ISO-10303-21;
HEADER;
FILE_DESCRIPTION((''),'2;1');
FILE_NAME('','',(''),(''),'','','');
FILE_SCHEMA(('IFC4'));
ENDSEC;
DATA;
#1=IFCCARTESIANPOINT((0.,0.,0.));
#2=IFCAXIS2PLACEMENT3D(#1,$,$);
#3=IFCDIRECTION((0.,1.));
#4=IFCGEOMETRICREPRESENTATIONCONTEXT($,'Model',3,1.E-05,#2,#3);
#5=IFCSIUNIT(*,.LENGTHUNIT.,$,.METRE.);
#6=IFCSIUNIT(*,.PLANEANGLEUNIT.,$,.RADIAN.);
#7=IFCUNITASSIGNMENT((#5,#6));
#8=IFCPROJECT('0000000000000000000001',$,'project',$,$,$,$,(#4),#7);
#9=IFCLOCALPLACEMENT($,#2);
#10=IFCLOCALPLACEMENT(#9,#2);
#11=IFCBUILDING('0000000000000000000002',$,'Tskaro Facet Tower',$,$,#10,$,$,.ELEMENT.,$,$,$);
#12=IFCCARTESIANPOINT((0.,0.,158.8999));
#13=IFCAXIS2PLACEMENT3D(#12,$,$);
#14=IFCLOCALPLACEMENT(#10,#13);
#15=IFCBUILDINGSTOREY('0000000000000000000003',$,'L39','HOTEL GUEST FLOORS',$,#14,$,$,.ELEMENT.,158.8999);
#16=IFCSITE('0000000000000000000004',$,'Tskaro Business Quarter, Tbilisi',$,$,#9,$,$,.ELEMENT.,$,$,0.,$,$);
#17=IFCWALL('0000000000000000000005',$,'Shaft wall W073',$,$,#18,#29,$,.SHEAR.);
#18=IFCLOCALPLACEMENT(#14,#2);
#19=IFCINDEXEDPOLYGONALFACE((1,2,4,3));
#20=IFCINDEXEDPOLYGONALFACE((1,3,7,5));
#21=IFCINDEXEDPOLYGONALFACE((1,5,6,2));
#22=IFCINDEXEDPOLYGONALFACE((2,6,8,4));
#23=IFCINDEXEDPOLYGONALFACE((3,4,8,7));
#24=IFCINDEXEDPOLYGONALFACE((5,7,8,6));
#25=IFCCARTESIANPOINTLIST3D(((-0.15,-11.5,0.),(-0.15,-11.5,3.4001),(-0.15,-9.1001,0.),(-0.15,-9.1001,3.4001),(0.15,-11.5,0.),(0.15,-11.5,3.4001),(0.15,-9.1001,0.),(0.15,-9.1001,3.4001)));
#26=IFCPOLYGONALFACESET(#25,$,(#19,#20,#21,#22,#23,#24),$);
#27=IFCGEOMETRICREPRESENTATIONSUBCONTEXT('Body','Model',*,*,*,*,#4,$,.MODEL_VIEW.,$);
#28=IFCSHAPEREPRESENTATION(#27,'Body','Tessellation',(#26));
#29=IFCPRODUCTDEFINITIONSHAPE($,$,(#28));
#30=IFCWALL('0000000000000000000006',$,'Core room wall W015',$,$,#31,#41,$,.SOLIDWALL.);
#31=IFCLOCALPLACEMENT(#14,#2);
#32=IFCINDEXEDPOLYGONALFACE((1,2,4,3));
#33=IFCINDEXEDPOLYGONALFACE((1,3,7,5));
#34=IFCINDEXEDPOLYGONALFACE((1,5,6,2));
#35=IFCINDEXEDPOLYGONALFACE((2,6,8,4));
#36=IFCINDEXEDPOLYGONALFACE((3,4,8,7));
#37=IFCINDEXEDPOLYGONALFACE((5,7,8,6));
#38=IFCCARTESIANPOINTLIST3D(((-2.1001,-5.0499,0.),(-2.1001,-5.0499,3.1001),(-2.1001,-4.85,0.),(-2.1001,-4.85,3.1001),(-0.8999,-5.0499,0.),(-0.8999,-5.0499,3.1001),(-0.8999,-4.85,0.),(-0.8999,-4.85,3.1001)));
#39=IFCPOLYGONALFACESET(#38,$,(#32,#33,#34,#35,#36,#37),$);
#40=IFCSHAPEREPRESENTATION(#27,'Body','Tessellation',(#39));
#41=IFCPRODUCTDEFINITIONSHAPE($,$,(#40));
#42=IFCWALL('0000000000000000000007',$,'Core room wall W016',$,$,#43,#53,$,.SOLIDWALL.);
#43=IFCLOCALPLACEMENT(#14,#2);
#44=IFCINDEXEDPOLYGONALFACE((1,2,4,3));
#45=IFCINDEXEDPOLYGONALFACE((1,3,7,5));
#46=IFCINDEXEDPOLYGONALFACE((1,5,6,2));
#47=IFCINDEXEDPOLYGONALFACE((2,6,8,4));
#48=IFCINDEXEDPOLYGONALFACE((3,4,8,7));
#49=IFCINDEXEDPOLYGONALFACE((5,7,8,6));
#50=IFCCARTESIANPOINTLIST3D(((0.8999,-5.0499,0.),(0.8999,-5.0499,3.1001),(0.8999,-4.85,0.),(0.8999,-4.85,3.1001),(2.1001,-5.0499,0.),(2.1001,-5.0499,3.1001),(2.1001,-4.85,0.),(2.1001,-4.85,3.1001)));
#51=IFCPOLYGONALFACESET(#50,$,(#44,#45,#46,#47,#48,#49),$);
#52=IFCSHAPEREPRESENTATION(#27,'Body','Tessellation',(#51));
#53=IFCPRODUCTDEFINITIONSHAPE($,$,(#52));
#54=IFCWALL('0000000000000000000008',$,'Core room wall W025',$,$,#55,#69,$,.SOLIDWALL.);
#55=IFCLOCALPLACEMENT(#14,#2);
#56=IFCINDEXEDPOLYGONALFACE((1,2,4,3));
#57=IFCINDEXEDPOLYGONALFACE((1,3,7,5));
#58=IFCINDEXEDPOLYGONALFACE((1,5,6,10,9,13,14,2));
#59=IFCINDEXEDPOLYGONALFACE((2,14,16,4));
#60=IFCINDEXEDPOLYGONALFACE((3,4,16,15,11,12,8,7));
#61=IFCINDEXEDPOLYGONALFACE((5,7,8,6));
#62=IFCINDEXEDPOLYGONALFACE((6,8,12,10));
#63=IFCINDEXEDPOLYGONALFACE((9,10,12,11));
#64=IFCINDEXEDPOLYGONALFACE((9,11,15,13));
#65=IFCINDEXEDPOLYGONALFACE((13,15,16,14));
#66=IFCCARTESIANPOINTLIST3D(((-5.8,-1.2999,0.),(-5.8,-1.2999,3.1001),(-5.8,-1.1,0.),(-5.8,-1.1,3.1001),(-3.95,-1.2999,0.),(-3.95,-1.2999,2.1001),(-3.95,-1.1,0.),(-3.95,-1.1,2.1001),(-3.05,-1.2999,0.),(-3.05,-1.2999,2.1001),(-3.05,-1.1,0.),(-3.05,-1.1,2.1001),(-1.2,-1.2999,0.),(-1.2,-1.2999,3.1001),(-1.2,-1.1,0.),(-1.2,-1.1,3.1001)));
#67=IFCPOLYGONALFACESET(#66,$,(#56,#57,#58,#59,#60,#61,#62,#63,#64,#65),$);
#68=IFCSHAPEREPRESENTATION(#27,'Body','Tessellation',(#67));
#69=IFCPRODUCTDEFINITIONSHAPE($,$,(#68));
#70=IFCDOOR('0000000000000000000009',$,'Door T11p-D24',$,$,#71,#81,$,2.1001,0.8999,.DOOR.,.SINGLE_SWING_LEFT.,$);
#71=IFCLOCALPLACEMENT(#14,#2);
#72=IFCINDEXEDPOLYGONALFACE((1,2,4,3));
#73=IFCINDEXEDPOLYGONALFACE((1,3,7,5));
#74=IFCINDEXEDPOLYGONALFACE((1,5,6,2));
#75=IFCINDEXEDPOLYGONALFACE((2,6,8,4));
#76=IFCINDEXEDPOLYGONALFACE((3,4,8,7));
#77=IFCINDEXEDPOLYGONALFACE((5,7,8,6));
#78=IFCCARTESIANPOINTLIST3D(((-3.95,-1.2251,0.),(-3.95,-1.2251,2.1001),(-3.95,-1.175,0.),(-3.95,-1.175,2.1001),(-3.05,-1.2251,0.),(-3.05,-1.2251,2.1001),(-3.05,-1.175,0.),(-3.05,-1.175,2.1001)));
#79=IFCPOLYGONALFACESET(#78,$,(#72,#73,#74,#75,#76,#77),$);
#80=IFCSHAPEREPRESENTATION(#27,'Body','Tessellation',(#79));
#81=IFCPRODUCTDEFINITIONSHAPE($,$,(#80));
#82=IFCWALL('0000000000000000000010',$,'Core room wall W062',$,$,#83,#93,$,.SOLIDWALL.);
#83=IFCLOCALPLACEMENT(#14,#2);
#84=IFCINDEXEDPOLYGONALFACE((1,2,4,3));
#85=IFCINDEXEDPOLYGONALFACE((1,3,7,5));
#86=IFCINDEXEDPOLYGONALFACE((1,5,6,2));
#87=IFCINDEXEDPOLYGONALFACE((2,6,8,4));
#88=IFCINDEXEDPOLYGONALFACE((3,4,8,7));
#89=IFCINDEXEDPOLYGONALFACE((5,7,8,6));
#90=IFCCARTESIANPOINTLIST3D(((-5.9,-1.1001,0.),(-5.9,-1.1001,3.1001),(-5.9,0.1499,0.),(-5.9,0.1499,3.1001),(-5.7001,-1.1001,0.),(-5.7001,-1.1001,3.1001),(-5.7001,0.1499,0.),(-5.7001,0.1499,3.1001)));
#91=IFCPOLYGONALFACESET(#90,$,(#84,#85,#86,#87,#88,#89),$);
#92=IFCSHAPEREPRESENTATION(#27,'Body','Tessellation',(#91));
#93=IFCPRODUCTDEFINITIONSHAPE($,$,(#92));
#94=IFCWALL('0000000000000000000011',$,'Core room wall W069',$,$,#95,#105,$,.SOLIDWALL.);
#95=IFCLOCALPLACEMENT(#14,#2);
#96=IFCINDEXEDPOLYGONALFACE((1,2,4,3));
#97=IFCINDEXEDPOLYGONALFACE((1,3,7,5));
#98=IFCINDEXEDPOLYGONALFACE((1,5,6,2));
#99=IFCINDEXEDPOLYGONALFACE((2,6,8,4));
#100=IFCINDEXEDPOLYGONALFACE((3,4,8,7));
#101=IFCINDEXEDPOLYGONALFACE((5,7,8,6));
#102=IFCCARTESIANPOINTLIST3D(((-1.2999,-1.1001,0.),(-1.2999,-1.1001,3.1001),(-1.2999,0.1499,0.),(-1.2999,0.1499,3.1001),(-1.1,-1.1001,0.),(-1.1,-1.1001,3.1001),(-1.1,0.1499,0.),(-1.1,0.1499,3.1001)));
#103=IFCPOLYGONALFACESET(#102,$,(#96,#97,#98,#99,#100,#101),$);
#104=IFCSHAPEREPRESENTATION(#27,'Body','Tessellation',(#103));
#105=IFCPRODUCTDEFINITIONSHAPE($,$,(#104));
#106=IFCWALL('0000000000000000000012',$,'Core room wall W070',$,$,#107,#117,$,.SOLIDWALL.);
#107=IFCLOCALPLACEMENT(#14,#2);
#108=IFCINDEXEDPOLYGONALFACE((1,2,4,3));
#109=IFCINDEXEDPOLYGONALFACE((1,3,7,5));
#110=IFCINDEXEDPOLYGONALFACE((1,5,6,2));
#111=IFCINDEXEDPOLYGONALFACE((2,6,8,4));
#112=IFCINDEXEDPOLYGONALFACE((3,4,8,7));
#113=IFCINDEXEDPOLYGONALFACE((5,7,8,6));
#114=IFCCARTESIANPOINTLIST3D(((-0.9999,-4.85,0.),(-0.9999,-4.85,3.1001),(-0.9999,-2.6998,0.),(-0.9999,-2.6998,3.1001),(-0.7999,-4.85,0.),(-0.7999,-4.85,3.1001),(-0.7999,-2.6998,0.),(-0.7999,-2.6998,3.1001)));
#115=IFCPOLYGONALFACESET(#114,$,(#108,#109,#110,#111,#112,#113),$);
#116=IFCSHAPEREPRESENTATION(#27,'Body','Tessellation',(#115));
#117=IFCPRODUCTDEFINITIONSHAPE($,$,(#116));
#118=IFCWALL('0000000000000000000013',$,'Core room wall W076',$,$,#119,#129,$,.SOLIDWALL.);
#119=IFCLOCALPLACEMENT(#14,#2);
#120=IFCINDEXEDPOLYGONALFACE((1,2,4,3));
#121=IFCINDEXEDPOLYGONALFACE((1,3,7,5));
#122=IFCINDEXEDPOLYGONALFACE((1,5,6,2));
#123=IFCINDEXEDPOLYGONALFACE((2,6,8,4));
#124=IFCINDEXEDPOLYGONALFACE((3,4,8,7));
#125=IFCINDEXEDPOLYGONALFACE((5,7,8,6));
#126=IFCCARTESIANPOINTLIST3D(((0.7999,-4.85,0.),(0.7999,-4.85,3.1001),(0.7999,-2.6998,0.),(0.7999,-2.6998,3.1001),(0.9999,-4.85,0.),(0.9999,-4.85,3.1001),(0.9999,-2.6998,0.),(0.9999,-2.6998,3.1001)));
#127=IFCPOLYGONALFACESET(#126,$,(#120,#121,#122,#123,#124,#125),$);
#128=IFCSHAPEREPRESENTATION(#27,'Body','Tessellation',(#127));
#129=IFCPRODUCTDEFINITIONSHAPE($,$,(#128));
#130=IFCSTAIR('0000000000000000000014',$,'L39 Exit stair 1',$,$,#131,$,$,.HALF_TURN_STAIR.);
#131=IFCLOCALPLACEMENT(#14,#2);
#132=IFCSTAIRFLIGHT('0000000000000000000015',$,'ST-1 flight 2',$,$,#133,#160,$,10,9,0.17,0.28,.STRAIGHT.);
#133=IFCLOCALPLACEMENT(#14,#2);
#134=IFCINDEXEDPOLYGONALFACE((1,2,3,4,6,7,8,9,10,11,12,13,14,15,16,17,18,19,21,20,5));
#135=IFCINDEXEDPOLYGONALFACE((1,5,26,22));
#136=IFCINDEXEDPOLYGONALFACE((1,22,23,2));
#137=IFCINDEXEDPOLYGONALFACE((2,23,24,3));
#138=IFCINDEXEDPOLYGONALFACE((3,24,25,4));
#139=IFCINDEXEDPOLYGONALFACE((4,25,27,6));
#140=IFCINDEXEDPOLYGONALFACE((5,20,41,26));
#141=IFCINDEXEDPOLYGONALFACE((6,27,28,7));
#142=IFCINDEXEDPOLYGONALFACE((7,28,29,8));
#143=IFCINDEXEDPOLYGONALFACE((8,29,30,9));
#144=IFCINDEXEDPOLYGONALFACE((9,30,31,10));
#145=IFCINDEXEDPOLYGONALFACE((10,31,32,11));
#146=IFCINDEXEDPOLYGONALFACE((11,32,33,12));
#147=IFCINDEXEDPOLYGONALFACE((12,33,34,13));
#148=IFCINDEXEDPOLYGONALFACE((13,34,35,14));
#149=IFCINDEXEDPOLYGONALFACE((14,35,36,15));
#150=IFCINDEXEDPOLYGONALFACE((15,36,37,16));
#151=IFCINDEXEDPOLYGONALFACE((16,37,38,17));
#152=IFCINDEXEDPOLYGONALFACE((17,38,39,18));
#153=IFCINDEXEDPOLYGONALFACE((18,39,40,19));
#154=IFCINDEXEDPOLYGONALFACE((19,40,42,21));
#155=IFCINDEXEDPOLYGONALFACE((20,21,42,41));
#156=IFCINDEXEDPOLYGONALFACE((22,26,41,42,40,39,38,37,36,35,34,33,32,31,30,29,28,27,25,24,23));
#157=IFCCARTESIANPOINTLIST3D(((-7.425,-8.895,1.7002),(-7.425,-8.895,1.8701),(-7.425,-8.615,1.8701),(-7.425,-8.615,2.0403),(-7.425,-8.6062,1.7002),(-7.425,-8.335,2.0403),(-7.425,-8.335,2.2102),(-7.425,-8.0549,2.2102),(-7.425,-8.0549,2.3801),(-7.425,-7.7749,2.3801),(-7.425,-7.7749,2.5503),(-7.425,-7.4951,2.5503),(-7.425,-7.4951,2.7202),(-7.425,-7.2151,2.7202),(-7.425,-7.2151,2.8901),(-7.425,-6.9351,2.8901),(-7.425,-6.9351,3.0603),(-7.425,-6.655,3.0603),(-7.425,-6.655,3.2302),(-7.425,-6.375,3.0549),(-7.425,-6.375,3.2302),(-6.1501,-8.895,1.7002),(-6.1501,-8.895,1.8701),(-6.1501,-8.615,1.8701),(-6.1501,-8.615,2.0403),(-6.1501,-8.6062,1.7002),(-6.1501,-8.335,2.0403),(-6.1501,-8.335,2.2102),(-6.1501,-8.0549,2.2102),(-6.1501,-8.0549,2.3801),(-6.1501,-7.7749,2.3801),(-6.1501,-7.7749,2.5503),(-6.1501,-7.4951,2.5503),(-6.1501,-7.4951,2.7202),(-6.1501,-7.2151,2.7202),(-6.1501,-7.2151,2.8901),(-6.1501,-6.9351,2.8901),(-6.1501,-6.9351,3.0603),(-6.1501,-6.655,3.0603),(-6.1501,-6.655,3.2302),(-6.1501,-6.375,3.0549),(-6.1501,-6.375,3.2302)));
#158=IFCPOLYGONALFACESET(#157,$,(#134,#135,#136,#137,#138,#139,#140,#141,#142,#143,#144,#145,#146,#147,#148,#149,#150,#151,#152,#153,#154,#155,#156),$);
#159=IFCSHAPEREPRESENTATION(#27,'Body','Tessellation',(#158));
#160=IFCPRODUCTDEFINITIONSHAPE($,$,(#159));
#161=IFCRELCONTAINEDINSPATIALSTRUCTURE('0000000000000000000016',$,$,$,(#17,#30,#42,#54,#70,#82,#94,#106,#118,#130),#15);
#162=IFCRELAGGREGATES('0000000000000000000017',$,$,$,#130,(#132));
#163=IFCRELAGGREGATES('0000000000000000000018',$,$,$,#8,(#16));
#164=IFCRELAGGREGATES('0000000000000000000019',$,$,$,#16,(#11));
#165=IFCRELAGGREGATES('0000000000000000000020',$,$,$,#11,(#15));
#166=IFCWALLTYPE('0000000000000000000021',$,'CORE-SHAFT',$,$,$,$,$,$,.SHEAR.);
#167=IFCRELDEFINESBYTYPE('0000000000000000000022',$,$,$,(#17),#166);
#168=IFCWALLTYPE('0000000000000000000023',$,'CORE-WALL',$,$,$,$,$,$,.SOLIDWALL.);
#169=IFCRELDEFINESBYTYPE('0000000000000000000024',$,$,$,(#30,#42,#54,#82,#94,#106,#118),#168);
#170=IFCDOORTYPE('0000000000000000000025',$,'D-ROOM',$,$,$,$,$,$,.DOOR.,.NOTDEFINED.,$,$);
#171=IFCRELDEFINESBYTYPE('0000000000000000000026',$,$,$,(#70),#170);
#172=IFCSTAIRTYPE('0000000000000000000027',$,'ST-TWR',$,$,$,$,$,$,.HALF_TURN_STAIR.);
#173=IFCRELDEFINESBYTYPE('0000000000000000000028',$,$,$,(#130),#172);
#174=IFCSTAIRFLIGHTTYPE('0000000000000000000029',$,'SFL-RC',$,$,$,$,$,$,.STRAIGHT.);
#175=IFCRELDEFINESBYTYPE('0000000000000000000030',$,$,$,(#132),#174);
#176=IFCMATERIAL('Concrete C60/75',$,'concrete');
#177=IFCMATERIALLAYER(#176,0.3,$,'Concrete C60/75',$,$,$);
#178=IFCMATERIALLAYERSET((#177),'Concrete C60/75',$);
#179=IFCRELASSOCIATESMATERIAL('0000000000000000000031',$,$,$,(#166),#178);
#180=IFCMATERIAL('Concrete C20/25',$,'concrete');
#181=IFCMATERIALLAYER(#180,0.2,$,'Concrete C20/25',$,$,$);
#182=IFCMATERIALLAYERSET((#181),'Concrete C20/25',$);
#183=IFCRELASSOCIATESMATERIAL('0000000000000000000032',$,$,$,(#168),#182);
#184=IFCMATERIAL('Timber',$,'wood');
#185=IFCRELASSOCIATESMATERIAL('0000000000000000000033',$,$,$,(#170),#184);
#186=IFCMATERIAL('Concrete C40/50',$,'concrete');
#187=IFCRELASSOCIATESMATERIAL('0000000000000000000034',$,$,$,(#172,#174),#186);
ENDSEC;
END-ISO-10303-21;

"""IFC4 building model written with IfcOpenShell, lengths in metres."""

from ifc_helpers import new_model, si_unit, direction, frame, frame_2d, origin, place, context, subcontext, project, spatial, polyline, rectangle, outline, extrude, material, layer, layer_set, type_object, element, fill, aggregate, save


model = new_model("IFC4")

# Units and contexts
model_context = context("Model", 3, precision=1e-05, world=origin(), true_north=direction((0.0, 1.0)))
body_context = subcontext(model_context, "Body", "Model", "MODEL_VIEW")
ifc_project = project(units=[si_unit("LENGTHUNIT", "METRE"), si_unit("PLANEANGLEUNIT", "RADIAN")], contexts=[model_context])

# Site, building, storey
site_placement = place(None, origin())
site = spatial("IfcSite", under=ifc_project, at=site_placement, Name="Tskaro Business Quarter, Tbilisi", CompositionType="ELEMENT", RefElevation=0.0)
building_placement = place(site_placement, origin())
building = spatial("IfcBuilding", under=site, at=building_placement, Name="Tskaro Facet Tower", CompositionType="ELEMENT")
storey_placement = place(building_placement, frame((0.0, 0.0, 158.8999)))
storey = spatial("IfcBuildingStorey", under=building, at=storey_placement, Name="L39", Description="HOTEL GUEST FLOORS", CompositionType="ELEMENT", Elevation=158.8999)

# Shared definitions
ifc_material_1 = material(Name="Concrete C60/75", Category="concrete")

# Shared definitions
ifc_layer_1 = layer(ifc_material_1, 0.3, Name="Concrete C60/75")
ifc_layer_set_1 = layer_set([ifc_layer_1], Name="Concrete C60/75")
wall_type_1 = type_object("IfcWallType", Name="CORE-SHAFT", PredefinedType="SHEAR", material=ifc_layer_set_1)

# Walls
wall_1_placement = place(storey_placement, frame((0.0, -11.5, 0.0), z_axis=(0.0, 0.0, 1.0), x_axis=(0.0, 1.0, 0.0)))
element("IfcWall", 1, at=wall_1_placement, inside=storey, type_object=wall_type_1, Name="Shaft wall W073", PredefinedType="SHEAR", context=body_context, shape_type="SweptSolid", body=[
    extrude(rectangle(XDim=2.3999, YDim=0.3, at=frame_2d((1.2, 0.0))), origin(), (0.0, 0.0, 1.0), 3.4001),
])
ifc_material_2 = material(Name="Concrete C20/25", Category="concrete")
ifc_layer_2 = layer(ifc_material_2, 0.2, Name="Concrete C20/25")
ifc_layer_set_2 = layer_set([ifc_layer_2], Name="Concrete C20/25")
wall_type_2 = type_object("IfcWallType", Name="CORE-WALL", PredefinedType="SOLIDWALL", material=ifc_layer_set_2)
for number, where, z_axis, x_axis, name in (
    (2, (-2.1001, -4.95, 0.0), (0.0, 0.0, 1.0), (1.0, 0.0, 0.0), "Core room wall W015"),
    (3, (0.8999, -4.95, 0.0), (0.0, 0.0, 1.0), (1.0, 0.0, 0.0), "Core room wall W016"),
):
    element("IfcWall", number, at=place(storey_placement, frame(where, z_axis=z_axis, x_axis=x_axis)), inside=storey, type_object=wall_type_2, Name=name, PredefinedType="SOLIDWALL", context=body_context, shape_type="SweptSolid", body=[
        extrude(rectangle(XDim=1.2002, YDim=0.2, at=frame_2d((0.6001, 0.0))), origin(), (0.0, 0.0, 1.0), 3.1001),
    ])

# Wall, opening, door
wall_2_placement = place(storey_placement, frame((-5.8, -1.2, 0.0), z_axis=(0.0, 0.0, 1.0), x_axis=(1.0, 0.0, 0.0)))
wall_2 = element("IfcWall", 4, at=wall_2_placement, inside=storey, type_object=wall_type_2, Name="Core room wall W025", PredefinedType="SOLIDWALL", context=body_context, shape_type="SweptSolid", body=[
    extrude(rectangle(XDim=4.6001, YDim=0.2, at=frame_2d((2.3, 0.0))), origin(), (0.0, 0.0, 1.0), 3.1001),
])
opening_1_placement = place(wall_2_placement, frame((1.8501, 0.0, 0.0)))
opening_1 = element("IfcOpeningElement", 5, at=opening_1_placement, cuts=wall_2, PredefinedType="OPENING", context=body_context, shape_type="SweptSolid", body=[
    extrude(rectangle(XDim=0.8999, YDim=2.1001, at=frame_2d((0.45, 1.05))), frame((0.0, 0.1099, 0.0), z_axis=(0.0, -1.0, 0.0), x_axis=(1.0, 0.0, 0.0)), (0.0, 0.0, 1.0), 0.22),
])
ifc_material_3 = material(Name="Timber", Category="wood")
door_type_1 = type_object("IfcDoorType", Name="D-ROOM", OperationType="NOTDEFINED", PredefinedType="DOOR", material=ifc_material_3)
door_1_placement = place(opening_1_placement, origin())
door_1 = element("IfcDoor", 6, at=door_1_placement, inside=storey, type_object=door_type_1, Name="Door T11p-D24", OperationType="SINGLE_SWING_LEFT", OverallHeight=2.1001, OverallWidth=0.8999, PredefinedType="DOOR", context=body_context, shape_type="SweptSolid", body=[
    extrude(rectangle(XDim=0.8999, YDim=2.1001, at=frame_2d((0.45, 1.05))), frame((0.0, 0.0249, 0.0), z_axis=(0.0, -1.0, 0.0), x_axis=(1.0, 0.0, 0.0)), (0.0, 0.0, 1.0), 0.05),
])
fill(opening_1, door_1)

# Walls
for number, where, z_axis, x_axis, name in (
    (7, (-5.8, -1.1001, 0.0), (0.0, 0.0, 1.0), (0.0, 1.0, 0.0), "Core room wall W062"),
    (8, (-1.2, -1.1001, 0.0), (0.0, 0.0, 1.0), (0.0, 1.0, 0.0), "Core room wall W069"),
):
    element("IfcWall", number, at=place(storey_placement, frame(where, z_axis=z_axis, x_axis=x_axis)), inside=storey, type_object=wall_type_2, Name=name, PredefinedType="SOLIDWALL", context=body_context, shape_type="SweptSolid", body=[
        extrude(rectangle(XDim=1.25, YDim=0.2, at=frame_2d((0.625, 0.0))), origin(), (0.0, 0.0, 1.0), 3.1001),
    ])
for number, where, z_axis, x_axis, name in (
    (9, (-0.8999, -4.8501, 0.0), (0.0, 0.0, 1.0), (0.0, 1.0, 0.0), "Core room wall W070"),
    (10, (0.8999, -4.8501, 0.0), (0.0, 0.0, 1.0), (0.0, 1.0, 0.0), "Core room wall W076"),
):
    element("IfcWall", number, at=place(storey_placement, frame(where, z_axis=z_axis, x_axis=x_axis)), inside=storey, type_object=wall_type_2, Name=name, PredefinedType="SOLIDWALL", context=body_context, shape_type="SweptSolid", body=[
        extrude(rectangle(XDim=2.1501, YDim=0.2, at=frame_2d((1.0752, 0.0))), origin(), (0.0, 0.0, 1.0), 3.1001),
    ])

# Stair, stair flight
ifc_material_4 = material(Name="Concrete C40/50", Category="concrete")
stair_type = type_object("IfcStairType", Name="ST-TWR", PredefinedType="HALF_TURN_STAIR", material=ifc_material_4)
stair_placement = place(storey_placement, origin())
stair = element("IfcStair", 11, at=stair_placement, inside=storey, type_object=stair_type, Name="L39 Exit stair 1", PredefinedType="HALF_TURN_STAIR")
stair_flight_type = type_object("IfcStairFlightType", Name="SFL-RC", PredefinedType="STRAIGHT", material=ifc_material_4)
stair_flight_placement = place(storey_placement, frame((-6.7876, -8.895, 1.7002), z_axis=(0.0, 0.0, 1.0), x_axis=(0.0, 1.0, 0.0)))
stair_flight = element("IfcStairFlight", 12, at=stair_flight_placement, type_object=stair_flight_type, Name="ST-1 flight 2", NumberOfRisers=10, NumberOfTreads=9, PredefinedType="STRAIGHT", RiserHeight=0.17, TreadLength=0.28, context=body_context, shape_type="SweptSolid", body=[
    extrude(outline(polyline([(0.0, 0.0), (0.0, 0.1699), (0.28, 0.1699), (0.28, 0.3401), (0.5601, 0.3401), (0.5601, 0.51), (0.8401, 0.51), (0.8401, 0.6799), (1.1201, 0.6799), (1.1201, 0.8501), (1.3999, 0.8501), (1.3999, 1.02), (1.6799, 1.02), (1.6799, 1.1899), (1.96, 1.1899), (1.96, 1.3601), (2.24, 1.3601), (2.24, 1.53), (2.52, 1.53), (2.52, 1.7), (2.52, 1.3547), (0.2888, 0.0), (0.0, 0.0)])), frame((0.0, 0.6375, 0.0), z_axis=(0.0, -1.0, 0.0), x_axis=(1.0, 0.0, 0.0)), (0.0, 0.0, 1.0), 1.2749),
])
aggregate(stair, [stair_flight])

save(model, "model.ifc")
